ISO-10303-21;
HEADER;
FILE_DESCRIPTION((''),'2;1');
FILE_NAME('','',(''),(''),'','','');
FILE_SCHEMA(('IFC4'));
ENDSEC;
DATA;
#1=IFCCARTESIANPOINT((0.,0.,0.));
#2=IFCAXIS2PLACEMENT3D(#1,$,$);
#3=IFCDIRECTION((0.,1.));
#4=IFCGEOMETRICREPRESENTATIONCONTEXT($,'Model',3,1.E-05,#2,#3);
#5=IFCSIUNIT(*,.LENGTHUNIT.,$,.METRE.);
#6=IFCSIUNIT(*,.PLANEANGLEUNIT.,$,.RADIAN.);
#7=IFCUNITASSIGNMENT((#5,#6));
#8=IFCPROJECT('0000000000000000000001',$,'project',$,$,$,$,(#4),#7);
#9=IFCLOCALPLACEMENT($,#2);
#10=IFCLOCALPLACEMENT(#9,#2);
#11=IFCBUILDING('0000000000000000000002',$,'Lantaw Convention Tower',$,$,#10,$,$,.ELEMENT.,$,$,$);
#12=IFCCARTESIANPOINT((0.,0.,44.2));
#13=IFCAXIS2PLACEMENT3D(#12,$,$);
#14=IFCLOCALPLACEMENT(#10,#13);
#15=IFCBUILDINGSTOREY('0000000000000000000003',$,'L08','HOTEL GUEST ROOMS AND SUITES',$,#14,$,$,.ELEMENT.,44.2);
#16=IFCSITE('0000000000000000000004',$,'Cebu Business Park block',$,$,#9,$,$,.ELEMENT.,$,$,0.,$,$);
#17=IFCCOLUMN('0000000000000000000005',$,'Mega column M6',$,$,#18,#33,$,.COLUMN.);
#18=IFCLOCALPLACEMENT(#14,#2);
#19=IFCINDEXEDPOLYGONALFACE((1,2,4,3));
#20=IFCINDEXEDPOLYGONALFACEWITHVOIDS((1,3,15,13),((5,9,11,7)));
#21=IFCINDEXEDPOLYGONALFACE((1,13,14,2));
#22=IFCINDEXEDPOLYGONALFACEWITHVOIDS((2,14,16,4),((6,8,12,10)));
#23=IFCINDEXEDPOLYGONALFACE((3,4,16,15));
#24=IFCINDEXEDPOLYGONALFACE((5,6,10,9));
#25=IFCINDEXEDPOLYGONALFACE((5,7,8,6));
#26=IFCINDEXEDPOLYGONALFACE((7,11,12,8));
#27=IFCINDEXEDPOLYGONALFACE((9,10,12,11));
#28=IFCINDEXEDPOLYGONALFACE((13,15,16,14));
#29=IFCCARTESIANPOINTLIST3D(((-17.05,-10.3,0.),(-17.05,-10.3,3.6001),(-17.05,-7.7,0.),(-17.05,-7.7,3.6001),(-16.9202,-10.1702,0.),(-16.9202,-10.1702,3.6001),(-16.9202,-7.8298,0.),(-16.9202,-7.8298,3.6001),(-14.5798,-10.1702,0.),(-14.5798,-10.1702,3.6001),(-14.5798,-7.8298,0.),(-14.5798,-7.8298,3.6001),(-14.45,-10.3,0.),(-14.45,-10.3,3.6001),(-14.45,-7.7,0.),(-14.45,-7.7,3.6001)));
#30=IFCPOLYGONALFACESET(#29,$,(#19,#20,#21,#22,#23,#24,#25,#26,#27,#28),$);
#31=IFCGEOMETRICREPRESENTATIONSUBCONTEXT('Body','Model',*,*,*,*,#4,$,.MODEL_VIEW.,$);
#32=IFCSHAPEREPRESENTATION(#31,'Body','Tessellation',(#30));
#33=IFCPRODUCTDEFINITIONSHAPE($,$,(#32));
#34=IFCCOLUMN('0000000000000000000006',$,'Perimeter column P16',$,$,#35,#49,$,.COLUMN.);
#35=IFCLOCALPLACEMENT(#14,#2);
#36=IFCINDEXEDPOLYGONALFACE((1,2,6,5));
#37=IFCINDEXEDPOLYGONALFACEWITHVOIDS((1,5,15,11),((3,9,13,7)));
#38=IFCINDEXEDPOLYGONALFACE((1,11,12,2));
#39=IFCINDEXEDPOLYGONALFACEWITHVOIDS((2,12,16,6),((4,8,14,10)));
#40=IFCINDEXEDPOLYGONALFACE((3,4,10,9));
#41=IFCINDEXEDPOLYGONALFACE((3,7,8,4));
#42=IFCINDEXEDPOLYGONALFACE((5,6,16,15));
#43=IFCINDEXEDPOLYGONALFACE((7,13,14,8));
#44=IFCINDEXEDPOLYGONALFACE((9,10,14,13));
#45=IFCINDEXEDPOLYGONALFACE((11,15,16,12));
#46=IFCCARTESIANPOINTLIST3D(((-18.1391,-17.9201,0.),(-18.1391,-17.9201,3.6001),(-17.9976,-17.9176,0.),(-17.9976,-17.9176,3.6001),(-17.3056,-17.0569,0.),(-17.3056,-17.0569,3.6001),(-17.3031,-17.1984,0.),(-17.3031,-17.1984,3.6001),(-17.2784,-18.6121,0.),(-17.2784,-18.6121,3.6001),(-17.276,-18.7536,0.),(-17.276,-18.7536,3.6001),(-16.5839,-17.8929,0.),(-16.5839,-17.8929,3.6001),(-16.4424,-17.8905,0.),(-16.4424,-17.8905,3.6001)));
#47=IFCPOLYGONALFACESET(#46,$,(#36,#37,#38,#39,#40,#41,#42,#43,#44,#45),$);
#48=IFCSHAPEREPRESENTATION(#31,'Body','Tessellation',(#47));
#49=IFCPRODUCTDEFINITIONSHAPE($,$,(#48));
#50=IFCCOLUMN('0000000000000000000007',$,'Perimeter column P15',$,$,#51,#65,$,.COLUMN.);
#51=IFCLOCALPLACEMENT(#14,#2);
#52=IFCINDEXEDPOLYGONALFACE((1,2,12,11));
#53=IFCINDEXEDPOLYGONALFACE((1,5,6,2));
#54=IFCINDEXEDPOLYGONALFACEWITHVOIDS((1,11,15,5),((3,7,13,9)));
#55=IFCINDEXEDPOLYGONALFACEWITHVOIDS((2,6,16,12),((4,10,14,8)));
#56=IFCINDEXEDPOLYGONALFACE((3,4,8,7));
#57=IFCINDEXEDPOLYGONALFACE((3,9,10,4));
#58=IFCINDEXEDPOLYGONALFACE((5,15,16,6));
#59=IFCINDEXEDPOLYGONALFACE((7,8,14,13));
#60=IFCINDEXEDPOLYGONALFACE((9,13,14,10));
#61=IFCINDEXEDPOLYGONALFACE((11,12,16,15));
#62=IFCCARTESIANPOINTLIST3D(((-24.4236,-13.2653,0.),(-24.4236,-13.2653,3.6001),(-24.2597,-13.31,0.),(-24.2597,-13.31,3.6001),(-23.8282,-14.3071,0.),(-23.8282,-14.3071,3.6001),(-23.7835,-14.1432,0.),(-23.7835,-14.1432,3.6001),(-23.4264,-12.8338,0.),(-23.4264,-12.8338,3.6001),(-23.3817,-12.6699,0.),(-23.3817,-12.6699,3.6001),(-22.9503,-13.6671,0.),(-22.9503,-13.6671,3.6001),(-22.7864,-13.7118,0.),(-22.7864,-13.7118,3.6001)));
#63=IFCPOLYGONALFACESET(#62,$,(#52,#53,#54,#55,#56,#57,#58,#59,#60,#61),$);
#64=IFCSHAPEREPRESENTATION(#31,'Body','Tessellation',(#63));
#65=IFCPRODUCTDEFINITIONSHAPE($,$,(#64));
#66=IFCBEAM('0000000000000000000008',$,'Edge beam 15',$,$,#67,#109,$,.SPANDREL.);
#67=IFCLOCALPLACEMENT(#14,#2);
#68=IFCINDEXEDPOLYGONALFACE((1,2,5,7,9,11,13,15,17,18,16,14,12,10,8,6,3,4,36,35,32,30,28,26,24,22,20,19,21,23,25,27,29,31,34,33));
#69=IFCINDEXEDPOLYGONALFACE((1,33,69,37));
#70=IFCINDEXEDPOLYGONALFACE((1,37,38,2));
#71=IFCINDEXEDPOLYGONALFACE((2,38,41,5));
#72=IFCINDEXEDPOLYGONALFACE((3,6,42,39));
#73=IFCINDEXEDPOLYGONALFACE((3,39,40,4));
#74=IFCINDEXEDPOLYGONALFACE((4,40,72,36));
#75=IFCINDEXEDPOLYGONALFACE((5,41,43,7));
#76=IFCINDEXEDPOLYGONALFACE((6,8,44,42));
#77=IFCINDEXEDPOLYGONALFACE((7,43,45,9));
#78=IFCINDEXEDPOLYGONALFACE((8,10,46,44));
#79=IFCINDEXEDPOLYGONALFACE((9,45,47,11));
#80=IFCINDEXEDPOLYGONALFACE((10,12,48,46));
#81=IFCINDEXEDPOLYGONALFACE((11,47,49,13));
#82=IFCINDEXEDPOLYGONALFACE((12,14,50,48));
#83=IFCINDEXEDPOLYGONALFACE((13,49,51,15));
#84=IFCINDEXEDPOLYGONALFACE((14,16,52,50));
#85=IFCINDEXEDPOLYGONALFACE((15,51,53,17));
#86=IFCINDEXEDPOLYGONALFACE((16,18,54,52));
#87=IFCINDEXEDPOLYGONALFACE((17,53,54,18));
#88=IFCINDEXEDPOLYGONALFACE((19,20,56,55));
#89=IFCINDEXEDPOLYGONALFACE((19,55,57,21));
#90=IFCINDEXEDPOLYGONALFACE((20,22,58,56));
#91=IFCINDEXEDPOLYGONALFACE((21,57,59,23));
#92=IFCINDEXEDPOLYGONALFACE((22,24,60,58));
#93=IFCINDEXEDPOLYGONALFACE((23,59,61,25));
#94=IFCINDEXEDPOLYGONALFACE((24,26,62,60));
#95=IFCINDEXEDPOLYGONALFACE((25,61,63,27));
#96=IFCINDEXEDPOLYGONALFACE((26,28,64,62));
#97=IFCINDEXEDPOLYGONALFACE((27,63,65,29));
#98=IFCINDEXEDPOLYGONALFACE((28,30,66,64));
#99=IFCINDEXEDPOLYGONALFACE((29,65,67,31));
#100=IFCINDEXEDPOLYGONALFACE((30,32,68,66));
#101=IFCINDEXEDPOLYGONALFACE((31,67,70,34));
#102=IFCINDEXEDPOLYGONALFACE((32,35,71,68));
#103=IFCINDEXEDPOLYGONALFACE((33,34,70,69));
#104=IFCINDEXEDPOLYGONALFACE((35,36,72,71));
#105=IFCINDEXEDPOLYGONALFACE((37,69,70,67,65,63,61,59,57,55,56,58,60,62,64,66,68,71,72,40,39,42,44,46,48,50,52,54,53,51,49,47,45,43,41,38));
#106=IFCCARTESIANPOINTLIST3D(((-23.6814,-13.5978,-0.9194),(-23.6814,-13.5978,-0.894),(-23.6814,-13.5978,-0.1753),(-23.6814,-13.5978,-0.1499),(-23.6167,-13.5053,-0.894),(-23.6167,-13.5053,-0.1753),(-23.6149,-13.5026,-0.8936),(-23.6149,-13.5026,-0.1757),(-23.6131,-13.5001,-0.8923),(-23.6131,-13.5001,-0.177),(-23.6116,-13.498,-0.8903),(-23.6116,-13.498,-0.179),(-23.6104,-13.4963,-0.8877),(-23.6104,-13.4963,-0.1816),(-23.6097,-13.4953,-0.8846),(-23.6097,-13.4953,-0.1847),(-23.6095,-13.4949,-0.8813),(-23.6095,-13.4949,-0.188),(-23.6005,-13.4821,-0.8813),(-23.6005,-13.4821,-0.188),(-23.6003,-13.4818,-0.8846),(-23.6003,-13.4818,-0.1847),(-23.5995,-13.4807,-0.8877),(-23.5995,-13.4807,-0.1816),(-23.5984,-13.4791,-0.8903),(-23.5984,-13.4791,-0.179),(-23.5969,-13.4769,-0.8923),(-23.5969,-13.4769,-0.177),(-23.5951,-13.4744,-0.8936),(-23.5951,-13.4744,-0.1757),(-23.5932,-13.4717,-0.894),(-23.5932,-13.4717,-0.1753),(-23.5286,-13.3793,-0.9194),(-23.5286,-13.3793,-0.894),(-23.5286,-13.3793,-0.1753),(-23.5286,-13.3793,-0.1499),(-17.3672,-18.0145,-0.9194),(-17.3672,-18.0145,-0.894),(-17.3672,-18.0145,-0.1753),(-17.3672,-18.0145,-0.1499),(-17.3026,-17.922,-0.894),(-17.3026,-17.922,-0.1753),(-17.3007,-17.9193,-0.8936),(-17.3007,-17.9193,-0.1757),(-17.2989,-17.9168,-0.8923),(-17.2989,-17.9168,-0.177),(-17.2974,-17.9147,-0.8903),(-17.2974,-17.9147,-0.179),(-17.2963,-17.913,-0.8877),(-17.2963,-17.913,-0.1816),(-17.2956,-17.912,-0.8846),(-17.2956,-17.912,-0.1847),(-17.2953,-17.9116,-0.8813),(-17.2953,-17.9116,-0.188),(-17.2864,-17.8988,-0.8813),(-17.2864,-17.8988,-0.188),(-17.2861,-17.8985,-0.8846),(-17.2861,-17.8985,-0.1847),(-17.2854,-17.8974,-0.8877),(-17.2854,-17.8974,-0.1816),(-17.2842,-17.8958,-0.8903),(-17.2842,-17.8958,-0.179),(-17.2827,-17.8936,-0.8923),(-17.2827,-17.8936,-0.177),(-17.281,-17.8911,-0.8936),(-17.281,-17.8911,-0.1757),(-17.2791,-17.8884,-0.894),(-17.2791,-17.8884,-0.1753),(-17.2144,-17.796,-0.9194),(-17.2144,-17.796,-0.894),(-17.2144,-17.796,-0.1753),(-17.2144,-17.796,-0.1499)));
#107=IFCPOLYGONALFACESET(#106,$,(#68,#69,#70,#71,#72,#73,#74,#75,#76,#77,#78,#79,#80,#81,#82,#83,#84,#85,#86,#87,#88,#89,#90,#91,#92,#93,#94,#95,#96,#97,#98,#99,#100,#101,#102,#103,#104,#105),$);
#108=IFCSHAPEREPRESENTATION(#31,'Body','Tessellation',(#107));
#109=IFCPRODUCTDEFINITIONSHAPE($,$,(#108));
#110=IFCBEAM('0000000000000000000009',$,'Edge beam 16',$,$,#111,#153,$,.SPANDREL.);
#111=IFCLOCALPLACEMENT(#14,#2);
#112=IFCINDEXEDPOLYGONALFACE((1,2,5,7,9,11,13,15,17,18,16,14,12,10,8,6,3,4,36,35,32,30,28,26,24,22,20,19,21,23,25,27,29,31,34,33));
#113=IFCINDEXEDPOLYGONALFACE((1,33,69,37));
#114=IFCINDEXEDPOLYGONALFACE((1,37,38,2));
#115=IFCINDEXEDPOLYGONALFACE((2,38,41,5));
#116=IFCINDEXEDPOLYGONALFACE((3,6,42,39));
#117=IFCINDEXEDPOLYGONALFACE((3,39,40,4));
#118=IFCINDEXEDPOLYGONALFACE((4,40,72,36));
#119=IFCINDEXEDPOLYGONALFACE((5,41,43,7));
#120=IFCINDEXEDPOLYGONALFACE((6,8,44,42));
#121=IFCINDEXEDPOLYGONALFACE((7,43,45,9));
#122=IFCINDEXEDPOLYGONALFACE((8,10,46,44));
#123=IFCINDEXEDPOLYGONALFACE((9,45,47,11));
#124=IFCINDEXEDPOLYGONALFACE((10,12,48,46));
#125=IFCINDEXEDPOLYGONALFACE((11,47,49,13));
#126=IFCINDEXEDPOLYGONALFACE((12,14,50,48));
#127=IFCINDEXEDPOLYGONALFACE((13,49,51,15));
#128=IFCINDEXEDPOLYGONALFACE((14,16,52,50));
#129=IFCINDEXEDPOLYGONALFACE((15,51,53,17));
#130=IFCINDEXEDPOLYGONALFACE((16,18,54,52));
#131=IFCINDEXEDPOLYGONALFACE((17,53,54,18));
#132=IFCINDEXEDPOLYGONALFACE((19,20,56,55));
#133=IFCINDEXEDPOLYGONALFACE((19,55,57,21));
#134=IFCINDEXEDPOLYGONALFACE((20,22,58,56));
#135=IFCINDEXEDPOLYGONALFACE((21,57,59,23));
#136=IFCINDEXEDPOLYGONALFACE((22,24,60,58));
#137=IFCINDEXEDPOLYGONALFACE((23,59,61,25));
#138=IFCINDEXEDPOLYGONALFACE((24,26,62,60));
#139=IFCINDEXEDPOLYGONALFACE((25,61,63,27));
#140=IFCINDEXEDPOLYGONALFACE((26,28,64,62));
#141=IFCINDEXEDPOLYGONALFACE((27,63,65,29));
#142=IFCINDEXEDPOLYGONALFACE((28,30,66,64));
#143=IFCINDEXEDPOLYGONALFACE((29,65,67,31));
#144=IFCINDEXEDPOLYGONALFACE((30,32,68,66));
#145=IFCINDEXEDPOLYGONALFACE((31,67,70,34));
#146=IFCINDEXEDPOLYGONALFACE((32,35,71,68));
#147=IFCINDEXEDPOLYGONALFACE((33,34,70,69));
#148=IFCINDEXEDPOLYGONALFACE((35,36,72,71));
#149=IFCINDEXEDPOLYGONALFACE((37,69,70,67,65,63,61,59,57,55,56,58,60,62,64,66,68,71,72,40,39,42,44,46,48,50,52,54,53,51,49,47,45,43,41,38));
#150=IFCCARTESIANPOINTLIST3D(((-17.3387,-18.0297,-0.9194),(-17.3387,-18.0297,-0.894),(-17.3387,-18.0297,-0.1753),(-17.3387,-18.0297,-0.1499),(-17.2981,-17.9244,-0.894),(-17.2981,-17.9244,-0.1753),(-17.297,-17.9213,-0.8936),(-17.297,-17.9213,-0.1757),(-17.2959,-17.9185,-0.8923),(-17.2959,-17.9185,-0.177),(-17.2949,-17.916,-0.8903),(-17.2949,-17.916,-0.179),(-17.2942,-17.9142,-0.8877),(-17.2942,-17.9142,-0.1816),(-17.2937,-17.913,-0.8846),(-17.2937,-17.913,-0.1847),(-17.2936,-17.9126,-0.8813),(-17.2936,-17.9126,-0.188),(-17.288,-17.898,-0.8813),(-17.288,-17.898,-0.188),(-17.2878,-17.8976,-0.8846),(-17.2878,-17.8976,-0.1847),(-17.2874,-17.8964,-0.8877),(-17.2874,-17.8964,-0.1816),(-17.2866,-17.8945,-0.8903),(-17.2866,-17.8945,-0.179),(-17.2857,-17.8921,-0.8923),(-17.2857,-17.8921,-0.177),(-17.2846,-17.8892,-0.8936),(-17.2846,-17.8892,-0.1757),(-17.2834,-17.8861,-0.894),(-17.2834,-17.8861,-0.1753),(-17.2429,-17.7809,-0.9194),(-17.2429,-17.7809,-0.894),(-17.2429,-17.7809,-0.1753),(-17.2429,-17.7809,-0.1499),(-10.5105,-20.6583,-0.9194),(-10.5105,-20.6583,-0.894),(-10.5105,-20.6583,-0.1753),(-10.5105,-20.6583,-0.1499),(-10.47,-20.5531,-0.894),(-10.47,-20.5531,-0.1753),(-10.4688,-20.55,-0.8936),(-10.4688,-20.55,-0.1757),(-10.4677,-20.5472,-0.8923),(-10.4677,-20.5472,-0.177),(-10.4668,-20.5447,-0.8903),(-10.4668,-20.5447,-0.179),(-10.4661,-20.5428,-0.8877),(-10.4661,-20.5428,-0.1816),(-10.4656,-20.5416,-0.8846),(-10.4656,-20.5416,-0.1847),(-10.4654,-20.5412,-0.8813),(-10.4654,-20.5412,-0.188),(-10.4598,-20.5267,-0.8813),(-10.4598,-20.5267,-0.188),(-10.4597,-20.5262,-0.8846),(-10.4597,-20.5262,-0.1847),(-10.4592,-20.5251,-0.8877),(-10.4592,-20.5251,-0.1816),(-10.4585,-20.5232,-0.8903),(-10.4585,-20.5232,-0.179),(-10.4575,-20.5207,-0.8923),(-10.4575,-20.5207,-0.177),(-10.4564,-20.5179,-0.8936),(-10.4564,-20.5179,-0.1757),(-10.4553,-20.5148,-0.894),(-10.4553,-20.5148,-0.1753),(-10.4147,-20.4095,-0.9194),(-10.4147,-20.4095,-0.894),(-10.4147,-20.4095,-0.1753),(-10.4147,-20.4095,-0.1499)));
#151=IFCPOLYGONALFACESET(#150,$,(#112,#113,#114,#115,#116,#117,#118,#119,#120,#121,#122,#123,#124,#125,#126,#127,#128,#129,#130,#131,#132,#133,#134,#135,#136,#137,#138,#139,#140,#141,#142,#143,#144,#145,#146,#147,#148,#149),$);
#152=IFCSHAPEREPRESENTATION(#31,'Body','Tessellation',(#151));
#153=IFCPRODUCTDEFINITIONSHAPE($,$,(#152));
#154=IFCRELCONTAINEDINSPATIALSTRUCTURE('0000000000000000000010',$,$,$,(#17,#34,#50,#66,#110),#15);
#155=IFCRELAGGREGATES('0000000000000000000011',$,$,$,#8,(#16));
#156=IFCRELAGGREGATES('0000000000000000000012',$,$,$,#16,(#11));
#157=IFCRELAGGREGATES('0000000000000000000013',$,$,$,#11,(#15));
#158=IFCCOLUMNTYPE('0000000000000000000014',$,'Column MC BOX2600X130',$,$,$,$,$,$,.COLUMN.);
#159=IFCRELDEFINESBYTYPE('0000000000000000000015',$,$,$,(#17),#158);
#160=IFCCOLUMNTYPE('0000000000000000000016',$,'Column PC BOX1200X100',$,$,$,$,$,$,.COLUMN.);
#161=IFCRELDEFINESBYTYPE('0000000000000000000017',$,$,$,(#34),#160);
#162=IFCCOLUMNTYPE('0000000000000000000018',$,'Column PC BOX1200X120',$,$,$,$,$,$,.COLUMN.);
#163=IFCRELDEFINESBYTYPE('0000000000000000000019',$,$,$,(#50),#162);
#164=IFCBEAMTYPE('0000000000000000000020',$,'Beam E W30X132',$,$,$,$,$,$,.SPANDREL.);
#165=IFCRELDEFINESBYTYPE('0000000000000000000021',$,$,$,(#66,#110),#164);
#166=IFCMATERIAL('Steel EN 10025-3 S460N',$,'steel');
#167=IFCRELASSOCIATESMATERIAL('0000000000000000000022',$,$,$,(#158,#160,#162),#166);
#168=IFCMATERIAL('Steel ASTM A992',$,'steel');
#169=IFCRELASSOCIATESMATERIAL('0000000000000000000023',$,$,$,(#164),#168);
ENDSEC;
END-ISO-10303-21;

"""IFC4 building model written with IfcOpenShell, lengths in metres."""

from ifc_helpers import new_model, si_unit, direction, frame, origin, origin_2d, place, context, subcontext, project, spatial, rectangle, hollow_rectangle, i_section, extrude, material, material_profile, profile_set, type_object, element, save


model = new_model("IFC4")

# Units and contexts
model_context = context("Model", 3, precision=1e-05, world=origin(), true_north=direction((0.0, 1.0)))
body_context = subcontext(model_context, "Body", "Model", "MODEL_VIEW")
ifc_project = project(units=[si_unit("LENGTHUNIT", "METRE"), si_unit("PLANEANGLEUNIT", "RADIAN")], contexts=[model_context])

# Site, building, storey
site_placement = place(None, origin())
site = spatial("IfcSite", under=ifc_project, at=site_placement, Name="Cebu Business Park block", CompositionType="ELEMENT", RefElevation=0.0)
building_placement = place(site_placement, origin())
building = spatial("IfcBuilding", under=site, at=building_placement, Name="Lantaw Convention Tower", CompositionType="ELEMENT")
storey_placement = place(building_placement, frame((0.0, 0.0, 44.2)))
storey = spatial("IfcBuildingStorey", under=building, at=storey_placement, Name="L08", Description="HOTEL GUEST ROOMS AND SUITES", CompositionType="ELEMENT", Elevation=44.2)

# Columns
ifc_material_1 = material(Name="Steel EN 10025-3 S460N", Category="steel")
ifc_material_profile_1 = material_profile(ifc_material_1, hollow_rectangle(XDim=2.6001, YDim=2.6001, WallThickness=0.1299, at=origin_2d()), Name="BOX2600X130")
ifc_material_2 = material(Name="Concrete C60/75", Category="concrete")
ifc_material_profile_2 = material_profile(ifc_material_2, rectangle(XDim=2.3401, YDim=2.3401, at=origin_2d()), Name="Concrete fill of BOX2600X130")
ifc_profile_set_1 = profile_set([ifc_material_profile_1, ifc_material_profile_2], Name="Steel EN 10025-3 S460N")
column_type_1 = type_object("IfcColumnType", Name="Column MC BOX2600X130", PredefinedType="COLUMN", material=ifc_profile_set_1)
column_1_placement = place(storey_placement, frame((-15.75, -9.0, 0.0), z_axis=(0.0, 0.0, 1.0), x_axis=(1.0, 0.0, 0.0)))
element("IfcColumn", 1, at=column_1_placement, inside=storey, type_object=column_type_1, Name="Mega column M6", PredefinedType="COLUMN", context=body_context, shape_type="SweptSolid", body=[
    extrude(hollow_rectangle(XDim=2.6001, YDim=2.6001, WallThickness=0.1299, at=origin_2d()), origin(), (0.0, 0.0, 1.0), 3.6001),
])
ifc_material_profile_3 = material_profile(ifc_material_1, hollow_rectangle(XDim=1.2, YDim=1.2, WallThickness=0.1001, at=origin_2d()), Name="BOX1200X100")
ifc_material_profile_4 = material_profile(ifc_material_2, rectangle(XDim=1.0, YDim=1.0, at=origin_2d()), Name="Concrete fill of BOX1200X100")
ifc_profile_set_2 = profile_set([ifc_material_profile_3, ifc_material_profile_4], Name="Steel EN 10025-3 S460N")
column_type_2 = type_object("IfcColumnType", Name="Column PC BOX1200X100", PredefinedType="COLUMN", material=ifc_profile_set_2)
column_2_placement = place(storey_placement, frame((-17.2908, -17.9053, 0.0), z_axis=(0.0, 0.0, 1.0), x_axis=(0.694658, 0.71934, 0.0)))
element("IfcColumn", 2, at=column_2_placement, inside=storey, type_object=column_type_2, Name="Perimeter column P16", PredefinedType="COLUMN", context=body_context, shape_type="SweptSolid", body=[
    extrude(hollow_rectangle(XDim=1.2, YDim=1.2, WallThickness=0.1001, at=origin_2d()), origin(), (0.0, 0.0, 1.0), 3.6001),
])
ifc_material_profile_5 = material_profile(ifc_material_1, hollow_rectangle(XDim=1.2, YDim=1.2, WallThickness=0.1201, at=origin_2d()), Name="BOX1200X120")
ifc_material_profile_6 = material_profile(ifc_material_2, rectangle(XDim=0.96, YDim=0.96, at=origin_2d()), Name="Concrete fill of BOX1200X120")
ifc_profile_set_3 = profile_set([ifc_material_profile_5, ifc_material_profile_6], Name="Steel EN 10025-3 S460N")
column_type_3 = type_object("IfcColumnType", Name="Column PC BOX1200X120", PredefinedType="COLUMN", material=ifc_profile_set_3)
column_3_placement = place(storey_placement, frame((-23.605, -13.4885, 0.0), z_axis=(0.0, 0.0, 1.0), x_axis=(0.868243, 0.496139, 0.0)))
element("IfcColumn", 3, at=column_3_placement, inside=storey, type_object=column_type_3, Name="Perimeter column P15", PredefinedType="COLUMN", context=body_context, shape_type="SweptSolid", body=[
    extrude(hollow_rectangle(XDim=1.2, YDim=1.2, WallThickness=0.1201, at=origin_2d()), origin(), (0.0, 0.0, 1.0), 3.6001),
])

# Beams
ifc_material_3 = material(Name="Steel ASTM A992", Category="steel")
ifc_material_profile_7 = material_profile(ifc_material_3, i_section(OverallWidth=0.2666, OverallDepth=0.7695, WebThickness=0.0156, FlangeThickness=0.0254, FilletRadius=0.0127, at=origin_2d()), Name="W30X132")
ifc_profile_set_4 = profile_set([ifc_material_profile_7], Name="Steel ASTM A992")
beam_type_1 = type_object("IfcBeamType", Name="Beam E W30X132", PredefinedType="SPANDREL", material=ifc_profile_set_4)
beam_1_placement = place(storey_placement, frame((-23.605, -13.4885, -0.5347), z_axis=(0.819427, -0.573184, 0.0), x_axis=(0.573184, 0.819427, 0.0)))
element("IfcBeam", 4, at=beam_1_placement, inside=storey, type_object=beam_type_1, Name="Edge beam 15", PredefinedType="SPANDREL", context=body_context, shape_type="SweptSolid", body=[
    extrude(i_section(OverallWidth=0.2666, OverallDepth=0.7695, WebThickness=0.0156, FlangeThickness=0.0254, FilletRadius=0.0127, at=origin_2d()), origin(), (0.0, 0.0, 1.0), 7.7056),
])
beam_2_placement = place(storey_placement, frame((-17.2908, -17.9053, -0.5347), z_axis=(0.933233, -0.359272, 0.0), x_axis=(0.359272, 0.933233, 0.0)))
element("IfcBeam", 5, at=beam_2_placement, inside=storey, type_object=beam_type_1, Name="Edge beam 16", PredefinedType="SPANDREL", context=body_context, shape_type="SweptSolid", body=[
    extrude(i_section(OverallWidth=0.2666, OverallDepth=0.7695, WebThickness=0.0156, FlangeThickness=0.0254, FilletRadius=0.0127, at=origin_2d()), origin(), (0.0, 0.0, 1.0), 7.3167),
])

save(model, "model.ifc")
